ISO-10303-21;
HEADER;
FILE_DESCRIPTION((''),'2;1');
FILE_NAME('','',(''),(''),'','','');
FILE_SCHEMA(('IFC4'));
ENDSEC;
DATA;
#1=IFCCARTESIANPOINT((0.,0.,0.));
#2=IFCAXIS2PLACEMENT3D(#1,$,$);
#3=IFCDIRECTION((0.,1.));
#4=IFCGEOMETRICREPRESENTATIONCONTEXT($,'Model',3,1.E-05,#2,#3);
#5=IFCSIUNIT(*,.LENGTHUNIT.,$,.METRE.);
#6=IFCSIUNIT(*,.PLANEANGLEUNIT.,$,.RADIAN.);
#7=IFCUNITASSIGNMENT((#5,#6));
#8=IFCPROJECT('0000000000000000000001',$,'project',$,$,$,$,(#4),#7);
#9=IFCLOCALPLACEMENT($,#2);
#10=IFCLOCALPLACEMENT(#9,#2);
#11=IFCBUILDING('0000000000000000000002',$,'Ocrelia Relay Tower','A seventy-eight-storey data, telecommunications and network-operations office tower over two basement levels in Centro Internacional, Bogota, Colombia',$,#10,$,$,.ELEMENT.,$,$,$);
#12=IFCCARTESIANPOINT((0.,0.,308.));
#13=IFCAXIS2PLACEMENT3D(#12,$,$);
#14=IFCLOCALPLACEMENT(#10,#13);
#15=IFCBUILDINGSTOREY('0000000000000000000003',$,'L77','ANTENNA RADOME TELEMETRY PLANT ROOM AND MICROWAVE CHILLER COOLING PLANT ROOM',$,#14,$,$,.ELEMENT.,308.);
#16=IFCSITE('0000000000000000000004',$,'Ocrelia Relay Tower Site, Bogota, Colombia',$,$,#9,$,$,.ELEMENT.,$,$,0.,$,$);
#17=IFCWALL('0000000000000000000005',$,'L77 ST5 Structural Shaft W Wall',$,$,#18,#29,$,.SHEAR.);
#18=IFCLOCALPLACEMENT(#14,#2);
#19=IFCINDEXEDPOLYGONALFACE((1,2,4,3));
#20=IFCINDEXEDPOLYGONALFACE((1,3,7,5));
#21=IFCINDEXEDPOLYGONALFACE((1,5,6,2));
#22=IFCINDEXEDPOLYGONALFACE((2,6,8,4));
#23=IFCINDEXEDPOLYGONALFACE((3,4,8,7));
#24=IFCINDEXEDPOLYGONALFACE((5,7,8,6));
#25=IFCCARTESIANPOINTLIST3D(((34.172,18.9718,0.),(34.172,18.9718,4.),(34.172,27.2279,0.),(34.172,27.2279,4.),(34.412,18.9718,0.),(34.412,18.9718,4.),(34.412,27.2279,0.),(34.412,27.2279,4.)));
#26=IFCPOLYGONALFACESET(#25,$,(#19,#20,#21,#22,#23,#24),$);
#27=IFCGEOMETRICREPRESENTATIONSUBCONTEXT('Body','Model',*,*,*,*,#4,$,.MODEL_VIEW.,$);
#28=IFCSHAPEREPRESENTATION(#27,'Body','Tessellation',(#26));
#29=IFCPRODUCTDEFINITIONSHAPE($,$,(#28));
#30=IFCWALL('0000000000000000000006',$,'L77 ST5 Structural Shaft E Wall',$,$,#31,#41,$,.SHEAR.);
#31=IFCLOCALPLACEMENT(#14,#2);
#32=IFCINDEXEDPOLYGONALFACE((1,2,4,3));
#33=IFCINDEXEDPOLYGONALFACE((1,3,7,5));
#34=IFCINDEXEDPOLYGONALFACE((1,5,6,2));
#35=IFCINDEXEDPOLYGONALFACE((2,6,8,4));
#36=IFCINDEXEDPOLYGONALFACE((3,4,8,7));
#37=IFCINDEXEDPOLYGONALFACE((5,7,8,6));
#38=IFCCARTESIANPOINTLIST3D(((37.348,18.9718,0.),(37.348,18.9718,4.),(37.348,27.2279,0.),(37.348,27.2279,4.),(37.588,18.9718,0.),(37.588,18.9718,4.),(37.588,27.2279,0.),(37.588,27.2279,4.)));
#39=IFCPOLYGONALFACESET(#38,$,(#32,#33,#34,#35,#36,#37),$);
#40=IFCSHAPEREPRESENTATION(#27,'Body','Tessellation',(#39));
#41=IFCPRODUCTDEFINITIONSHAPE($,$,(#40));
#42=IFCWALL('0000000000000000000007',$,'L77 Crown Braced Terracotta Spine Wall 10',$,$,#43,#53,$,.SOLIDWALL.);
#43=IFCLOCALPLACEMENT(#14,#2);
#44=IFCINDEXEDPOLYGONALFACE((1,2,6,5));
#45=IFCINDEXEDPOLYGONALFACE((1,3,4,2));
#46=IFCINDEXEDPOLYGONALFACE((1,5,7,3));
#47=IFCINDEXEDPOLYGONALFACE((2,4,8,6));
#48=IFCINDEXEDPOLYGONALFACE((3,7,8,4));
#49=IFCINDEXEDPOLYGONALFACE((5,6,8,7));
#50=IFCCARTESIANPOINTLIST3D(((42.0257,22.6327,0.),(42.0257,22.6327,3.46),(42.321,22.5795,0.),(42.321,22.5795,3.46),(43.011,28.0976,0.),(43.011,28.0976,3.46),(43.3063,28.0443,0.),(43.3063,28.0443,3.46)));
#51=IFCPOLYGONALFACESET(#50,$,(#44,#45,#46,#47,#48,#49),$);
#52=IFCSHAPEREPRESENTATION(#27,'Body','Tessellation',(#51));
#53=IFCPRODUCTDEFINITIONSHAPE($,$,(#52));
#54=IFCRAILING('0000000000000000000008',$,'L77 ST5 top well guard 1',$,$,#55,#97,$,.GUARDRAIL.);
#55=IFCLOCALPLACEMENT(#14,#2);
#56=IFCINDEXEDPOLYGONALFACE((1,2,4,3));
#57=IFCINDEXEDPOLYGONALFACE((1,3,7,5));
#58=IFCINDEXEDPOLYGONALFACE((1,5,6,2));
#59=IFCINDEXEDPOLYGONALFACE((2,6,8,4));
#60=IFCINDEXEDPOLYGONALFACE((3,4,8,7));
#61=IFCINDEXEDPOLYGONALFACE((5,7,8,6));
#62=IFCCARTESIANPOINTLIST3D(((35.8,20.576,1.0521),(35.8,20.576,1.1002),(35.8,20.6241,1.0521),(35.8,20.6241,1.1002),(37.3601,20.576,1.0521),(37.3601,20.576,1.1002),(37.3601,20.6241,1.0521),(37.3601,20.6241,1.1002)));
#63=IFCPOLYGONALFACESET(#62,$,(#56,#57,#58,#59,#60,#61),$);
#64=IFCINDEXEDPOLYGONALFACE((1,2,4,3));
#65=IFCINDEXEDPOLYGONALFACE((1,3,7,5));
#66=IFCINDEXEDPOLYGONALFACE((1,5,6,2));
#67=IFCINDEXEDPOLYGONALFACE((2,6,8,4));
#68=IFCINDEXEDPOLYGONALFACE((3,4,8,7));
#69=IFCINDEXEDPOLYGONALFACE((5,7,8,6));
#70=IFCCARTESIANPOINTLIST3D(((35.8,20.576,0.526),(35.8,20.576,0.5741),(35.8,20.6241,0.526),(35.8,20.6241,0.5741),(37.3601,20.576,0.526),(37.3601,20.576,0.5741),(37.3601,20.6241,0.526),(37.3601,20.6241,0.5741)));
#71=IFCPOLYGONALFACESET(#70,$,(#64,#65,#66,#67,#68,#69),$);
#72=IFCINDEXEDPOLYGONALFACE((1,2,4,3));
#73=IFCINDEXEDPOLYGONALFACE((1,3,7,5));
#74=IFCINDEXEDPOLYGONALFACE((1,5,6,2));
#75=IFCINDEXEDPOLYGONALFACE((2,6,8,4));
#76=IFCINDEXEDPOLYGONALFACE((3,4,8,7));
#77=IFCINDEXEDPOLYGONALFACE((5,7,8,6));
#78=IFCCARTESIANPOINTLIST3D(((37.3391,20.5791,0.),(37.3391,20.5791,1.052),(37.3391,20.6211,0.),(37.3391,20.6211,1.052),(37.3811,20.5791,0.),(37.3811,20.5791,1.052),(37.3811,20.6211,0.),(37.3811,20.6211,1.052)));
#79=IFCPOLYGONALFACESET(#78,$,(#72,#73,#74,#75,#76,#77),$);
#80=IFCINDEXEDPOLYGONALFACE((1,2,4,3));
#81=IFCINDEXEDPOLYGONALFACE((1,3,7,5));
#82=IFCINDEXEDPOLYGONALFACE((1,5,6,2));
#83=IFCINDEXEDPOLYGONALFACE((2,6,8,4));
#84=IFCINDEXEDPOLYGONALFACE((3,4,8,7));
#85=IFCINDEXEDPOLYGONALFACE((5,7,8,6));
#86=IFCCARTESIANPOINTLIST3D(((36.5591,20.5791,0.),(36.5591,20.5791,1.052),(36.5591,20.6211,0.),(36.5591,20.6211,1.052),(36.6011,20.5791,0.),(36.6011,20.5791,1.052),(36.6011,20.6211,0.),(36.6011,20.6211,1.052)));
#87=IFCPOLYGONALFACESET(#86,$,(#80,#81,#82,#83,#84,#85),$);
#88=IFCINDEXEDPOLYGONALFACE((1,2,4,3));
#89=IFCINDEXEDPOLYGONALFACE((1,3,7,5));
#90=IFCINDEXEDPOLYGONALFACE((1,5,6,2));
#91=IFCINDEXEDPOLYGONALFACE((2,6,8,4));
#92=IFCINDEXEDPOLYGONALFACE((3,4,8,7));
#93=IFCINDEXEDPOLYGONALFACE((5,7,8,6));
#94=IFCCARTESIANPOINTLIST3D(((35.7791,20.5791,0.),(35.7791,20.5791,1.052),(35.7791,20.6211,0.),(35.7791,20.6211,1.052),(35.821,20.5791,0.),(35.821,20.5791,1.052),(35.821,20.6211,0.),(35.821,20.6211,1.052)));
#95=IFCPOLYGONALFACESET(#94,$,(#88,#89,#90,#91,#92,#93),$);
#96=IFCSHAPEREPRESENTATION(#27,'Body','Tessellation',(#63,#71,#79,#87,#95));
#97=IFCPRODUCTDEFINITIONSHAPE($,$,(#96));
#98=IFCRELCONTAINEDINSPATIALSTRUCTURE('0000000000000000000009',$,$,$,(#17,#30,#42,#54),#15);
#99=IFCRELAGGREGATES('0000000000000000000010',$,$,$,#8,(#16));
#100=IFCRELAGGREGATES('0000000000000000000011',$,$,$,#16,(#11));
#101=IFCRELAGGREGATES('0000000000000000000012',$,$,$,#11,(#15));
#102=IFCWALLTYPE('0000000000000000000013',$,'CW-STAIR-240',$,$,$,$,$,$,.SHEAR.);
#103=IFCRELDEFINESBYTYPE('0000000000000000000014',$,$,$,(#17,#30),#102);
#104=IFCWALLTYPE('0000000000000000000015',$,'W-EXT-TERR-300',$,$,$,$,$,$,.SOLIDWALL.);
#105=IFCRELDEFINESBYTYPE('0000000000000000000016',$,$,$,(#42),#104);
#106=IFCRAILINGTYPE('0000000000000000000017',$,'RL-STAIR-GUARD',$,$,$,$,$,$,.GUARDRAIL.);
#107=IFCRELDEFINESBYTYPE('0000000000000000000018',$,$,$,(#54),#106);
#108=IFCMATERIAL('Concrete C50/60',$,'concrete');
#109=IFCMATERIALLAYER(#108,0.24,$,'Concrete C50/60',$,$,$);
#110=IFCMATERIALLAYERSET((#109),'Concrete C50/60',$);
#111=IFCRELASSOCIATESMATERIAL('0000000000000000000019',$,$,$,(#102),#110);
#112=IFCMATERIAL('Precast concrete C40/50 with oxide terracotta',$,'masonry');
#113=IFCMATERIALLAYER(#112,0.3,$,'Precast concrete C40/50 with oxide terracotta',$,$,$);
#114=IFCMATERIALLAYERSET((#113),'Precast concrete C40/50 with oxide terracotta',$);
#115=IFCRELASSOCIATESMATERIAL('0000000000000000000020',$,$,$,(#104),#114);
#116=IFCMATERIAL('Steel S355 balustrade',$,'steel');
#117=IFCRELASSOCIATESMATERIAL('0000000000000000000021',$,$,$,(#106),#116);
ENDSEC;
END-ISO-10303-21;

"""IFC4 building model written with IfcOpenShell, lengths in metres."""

from ifc_helpers import new_model, si_unit, direction, frame, frame_2d, origin, origin_2d, place, context, subcontext, project, spatial, rectangle, extrude, material, layer, layer_set, type_object, element, save


model = new_model("IFC4")

# Units and contexts
model_context = context("Model", 3, precision=1e-05, world=origin(), true_north=direction((0.0, 1.0)))
body_context = subcontext(model_context, "Body", "Model", "MODEL_VIEW")
ifc_project = project(units=[si_unit("LENGTHUNIT", "METRE"), si_unit("PLANEANGLEUNIT", "RADIAN")], contexts=[model_context])

# Site, building, storey
site_placement = place(None, origin())
site = spatial("IfcSite", under=ifc_project, at=site_placement, Name="Ocrelia Relay Tower Site, Bogota, Colombia", CompositionType="ELEMENT", RefElevation=0.0)
building_placement = place(site_placement, origin())
building = spatial("IfcBuilding", under=site, at=building_placement, Name="Ocrelia Relay Tower", Description="A seventy-eight-storey data, telecommunications and network-operations office tower over two basement levels in Centro Internacional, Bogota, Colombia", CompositionType="ELEMENT")
storey_placement = place(building_placement, frame((0.0, 0.0, 308.0)))
storey = spatial("IfcBuildingStorey", under=building, at=storey_placement, Name="L77", Description="ANTENNA RADOME TELEMETRY PLANT ROOM AND MICROWAVE CHILLER COOLING PLANT ROOM", CompositionType="ELEMENT", Elevation=308.0)

# Shared definitions
ifc_material_1 = material(Name="Concrete C50/60", Category="concrete")

# Shared definitions
ifc_layer_1 = layer(ifc_material_1, 0.24, Name="Concrete C50/60")
ifc_layer_set_1 = layer_set([ifc_layer_1], Name="Concrete C50/60")
wall_type_1 = type_object("IfcWallType", Name="CW-STAIR-240", PredefinedType="SHEAR", material=ifc_layer_set_1)

# Walls
for number, where, z_axis, x_axis, name in (
    (1, (34.292, 18.9719, 0.0), (0.0, 0.0, 1.0), (0.0, 1.0, 0.0), "L77 ST5 Structural Shaft W Wall"),
    (2, (37.468, 18.9719, 0.0), (0.0, 0.0, 1.0), (0.0, 1.0, 0.0), "L77 ST5 Structural Shaft E Wall"),
):
    element("IfcWall", number, at=place(storey_placement, frame(where, z_axis=z_axis, x_axis=x_axis)), inside=storey, type_object=wall_type_1, Name=name, PredefinedType="SHEAR", context=body_context, shape_type="SweptSolid", body=[
        extrude(rectangle(XDim=8.2561, YDim=0.24, at=frame_2d((4.1279, 0.0))), origin(), (0.0, 0.0, 1.0), 4.0),
    ])
ifc_material_2 = material(Name="Precast concrete C40/50 with oxide terracotta", Category="masonry")
ifc_layer_2 = layer(ifc_material_2, 0.3, Name="Precast concrete C40/50 with oxide terracotta")
ifc_layer_set_2 = layer_set([ifc_layer_2], Name="Precast concrete C40/50 with oxide terracotta")
wall_type_2 = type_object("IfcWallType", Name="W-EXT-TERR-300", PredefinedType="SOLIDWALL", material=ifc_layer_set_2)
wall_1_placement = place(storey_placement, frame((42.1733, 22.6062, 0.0), z_axis=(0.0, 0.0, 1.0), x_axis=(0.177446, 0.984131, 0.0)))
element("IfcWall", 3, at=wall_1_placement, inside=storey, type_object=wall_type_2, Name="L77 Crown Braced Terracotta Spine Wall 10", PredefinedType="SOLIDWALL", context=body_context, shape_type="SweptSolid", body=[
    extrude(rectangle(XDim=5.553, YDim=0.3, at=frame_2d((2.7764, 0.0))), origin(), (0.0, 0.0, 1.0), 3.46),
])

# Railing
ifc_material_3 = material(Name="Steel S355 balustrade", Category="steel")
railing_type = type_object("IfcRailingType", Name="RL-STAIR-GUARD", PredefinedType="GUARDRAIL", material=ifc_material_3)
railing_placement = place(storey_placement, frame((37.3601, 20.6001, 0.0)))
element("IfcRailing", 4, at=railing_placement, inside=storey, type_object=railing_type, Name="L77 ST5 top well guard 1", PredefinedType="GUARDRAIL", context=body_context, shape_type="SweptSolid", body=[
    extrude(rectangle(XDim=0.0481, YDim=0.0481, at=origin_2d()), frame((0.0, 0.0, 1.0762), z_axis=(-1.0, 0.0, 0.0), x_axis=(0.0, -1.0, 0.0)), (0.0, 0.0, 1.0), 1.5601),
    extrude(rectangle(XDim=0.0481, YDim=0.0481, at=origin_2d()), frame((0.0, 0.0, 0.55), z_axis=(-1.0, 0.0, 0.0), x_axis=(0.0, -1.0, 0.0)), (0.0, 0.0, 1.0), 1.5601),
    extrude(rectangle(XDim=0.042, YDim=0.042, at=origin_2d()), origin(), (0.0, 0.0, 1.0), 1.052),
    extrude(rectangle(XDim=0.042, YDim=0.042, at=origin_2d()), frame((-0.78, 0.0, 0.0)), (0.0, 0.0, 1.0), 1.052),
    extrude(rectangle(XDim=0.042, YDim=0.042, at=origin_2d()), frame((-1.5601, 0.0, 0.0)), (0.0, 0.0, 1.0), 1.052),
])

save(model, "model.ifc")
